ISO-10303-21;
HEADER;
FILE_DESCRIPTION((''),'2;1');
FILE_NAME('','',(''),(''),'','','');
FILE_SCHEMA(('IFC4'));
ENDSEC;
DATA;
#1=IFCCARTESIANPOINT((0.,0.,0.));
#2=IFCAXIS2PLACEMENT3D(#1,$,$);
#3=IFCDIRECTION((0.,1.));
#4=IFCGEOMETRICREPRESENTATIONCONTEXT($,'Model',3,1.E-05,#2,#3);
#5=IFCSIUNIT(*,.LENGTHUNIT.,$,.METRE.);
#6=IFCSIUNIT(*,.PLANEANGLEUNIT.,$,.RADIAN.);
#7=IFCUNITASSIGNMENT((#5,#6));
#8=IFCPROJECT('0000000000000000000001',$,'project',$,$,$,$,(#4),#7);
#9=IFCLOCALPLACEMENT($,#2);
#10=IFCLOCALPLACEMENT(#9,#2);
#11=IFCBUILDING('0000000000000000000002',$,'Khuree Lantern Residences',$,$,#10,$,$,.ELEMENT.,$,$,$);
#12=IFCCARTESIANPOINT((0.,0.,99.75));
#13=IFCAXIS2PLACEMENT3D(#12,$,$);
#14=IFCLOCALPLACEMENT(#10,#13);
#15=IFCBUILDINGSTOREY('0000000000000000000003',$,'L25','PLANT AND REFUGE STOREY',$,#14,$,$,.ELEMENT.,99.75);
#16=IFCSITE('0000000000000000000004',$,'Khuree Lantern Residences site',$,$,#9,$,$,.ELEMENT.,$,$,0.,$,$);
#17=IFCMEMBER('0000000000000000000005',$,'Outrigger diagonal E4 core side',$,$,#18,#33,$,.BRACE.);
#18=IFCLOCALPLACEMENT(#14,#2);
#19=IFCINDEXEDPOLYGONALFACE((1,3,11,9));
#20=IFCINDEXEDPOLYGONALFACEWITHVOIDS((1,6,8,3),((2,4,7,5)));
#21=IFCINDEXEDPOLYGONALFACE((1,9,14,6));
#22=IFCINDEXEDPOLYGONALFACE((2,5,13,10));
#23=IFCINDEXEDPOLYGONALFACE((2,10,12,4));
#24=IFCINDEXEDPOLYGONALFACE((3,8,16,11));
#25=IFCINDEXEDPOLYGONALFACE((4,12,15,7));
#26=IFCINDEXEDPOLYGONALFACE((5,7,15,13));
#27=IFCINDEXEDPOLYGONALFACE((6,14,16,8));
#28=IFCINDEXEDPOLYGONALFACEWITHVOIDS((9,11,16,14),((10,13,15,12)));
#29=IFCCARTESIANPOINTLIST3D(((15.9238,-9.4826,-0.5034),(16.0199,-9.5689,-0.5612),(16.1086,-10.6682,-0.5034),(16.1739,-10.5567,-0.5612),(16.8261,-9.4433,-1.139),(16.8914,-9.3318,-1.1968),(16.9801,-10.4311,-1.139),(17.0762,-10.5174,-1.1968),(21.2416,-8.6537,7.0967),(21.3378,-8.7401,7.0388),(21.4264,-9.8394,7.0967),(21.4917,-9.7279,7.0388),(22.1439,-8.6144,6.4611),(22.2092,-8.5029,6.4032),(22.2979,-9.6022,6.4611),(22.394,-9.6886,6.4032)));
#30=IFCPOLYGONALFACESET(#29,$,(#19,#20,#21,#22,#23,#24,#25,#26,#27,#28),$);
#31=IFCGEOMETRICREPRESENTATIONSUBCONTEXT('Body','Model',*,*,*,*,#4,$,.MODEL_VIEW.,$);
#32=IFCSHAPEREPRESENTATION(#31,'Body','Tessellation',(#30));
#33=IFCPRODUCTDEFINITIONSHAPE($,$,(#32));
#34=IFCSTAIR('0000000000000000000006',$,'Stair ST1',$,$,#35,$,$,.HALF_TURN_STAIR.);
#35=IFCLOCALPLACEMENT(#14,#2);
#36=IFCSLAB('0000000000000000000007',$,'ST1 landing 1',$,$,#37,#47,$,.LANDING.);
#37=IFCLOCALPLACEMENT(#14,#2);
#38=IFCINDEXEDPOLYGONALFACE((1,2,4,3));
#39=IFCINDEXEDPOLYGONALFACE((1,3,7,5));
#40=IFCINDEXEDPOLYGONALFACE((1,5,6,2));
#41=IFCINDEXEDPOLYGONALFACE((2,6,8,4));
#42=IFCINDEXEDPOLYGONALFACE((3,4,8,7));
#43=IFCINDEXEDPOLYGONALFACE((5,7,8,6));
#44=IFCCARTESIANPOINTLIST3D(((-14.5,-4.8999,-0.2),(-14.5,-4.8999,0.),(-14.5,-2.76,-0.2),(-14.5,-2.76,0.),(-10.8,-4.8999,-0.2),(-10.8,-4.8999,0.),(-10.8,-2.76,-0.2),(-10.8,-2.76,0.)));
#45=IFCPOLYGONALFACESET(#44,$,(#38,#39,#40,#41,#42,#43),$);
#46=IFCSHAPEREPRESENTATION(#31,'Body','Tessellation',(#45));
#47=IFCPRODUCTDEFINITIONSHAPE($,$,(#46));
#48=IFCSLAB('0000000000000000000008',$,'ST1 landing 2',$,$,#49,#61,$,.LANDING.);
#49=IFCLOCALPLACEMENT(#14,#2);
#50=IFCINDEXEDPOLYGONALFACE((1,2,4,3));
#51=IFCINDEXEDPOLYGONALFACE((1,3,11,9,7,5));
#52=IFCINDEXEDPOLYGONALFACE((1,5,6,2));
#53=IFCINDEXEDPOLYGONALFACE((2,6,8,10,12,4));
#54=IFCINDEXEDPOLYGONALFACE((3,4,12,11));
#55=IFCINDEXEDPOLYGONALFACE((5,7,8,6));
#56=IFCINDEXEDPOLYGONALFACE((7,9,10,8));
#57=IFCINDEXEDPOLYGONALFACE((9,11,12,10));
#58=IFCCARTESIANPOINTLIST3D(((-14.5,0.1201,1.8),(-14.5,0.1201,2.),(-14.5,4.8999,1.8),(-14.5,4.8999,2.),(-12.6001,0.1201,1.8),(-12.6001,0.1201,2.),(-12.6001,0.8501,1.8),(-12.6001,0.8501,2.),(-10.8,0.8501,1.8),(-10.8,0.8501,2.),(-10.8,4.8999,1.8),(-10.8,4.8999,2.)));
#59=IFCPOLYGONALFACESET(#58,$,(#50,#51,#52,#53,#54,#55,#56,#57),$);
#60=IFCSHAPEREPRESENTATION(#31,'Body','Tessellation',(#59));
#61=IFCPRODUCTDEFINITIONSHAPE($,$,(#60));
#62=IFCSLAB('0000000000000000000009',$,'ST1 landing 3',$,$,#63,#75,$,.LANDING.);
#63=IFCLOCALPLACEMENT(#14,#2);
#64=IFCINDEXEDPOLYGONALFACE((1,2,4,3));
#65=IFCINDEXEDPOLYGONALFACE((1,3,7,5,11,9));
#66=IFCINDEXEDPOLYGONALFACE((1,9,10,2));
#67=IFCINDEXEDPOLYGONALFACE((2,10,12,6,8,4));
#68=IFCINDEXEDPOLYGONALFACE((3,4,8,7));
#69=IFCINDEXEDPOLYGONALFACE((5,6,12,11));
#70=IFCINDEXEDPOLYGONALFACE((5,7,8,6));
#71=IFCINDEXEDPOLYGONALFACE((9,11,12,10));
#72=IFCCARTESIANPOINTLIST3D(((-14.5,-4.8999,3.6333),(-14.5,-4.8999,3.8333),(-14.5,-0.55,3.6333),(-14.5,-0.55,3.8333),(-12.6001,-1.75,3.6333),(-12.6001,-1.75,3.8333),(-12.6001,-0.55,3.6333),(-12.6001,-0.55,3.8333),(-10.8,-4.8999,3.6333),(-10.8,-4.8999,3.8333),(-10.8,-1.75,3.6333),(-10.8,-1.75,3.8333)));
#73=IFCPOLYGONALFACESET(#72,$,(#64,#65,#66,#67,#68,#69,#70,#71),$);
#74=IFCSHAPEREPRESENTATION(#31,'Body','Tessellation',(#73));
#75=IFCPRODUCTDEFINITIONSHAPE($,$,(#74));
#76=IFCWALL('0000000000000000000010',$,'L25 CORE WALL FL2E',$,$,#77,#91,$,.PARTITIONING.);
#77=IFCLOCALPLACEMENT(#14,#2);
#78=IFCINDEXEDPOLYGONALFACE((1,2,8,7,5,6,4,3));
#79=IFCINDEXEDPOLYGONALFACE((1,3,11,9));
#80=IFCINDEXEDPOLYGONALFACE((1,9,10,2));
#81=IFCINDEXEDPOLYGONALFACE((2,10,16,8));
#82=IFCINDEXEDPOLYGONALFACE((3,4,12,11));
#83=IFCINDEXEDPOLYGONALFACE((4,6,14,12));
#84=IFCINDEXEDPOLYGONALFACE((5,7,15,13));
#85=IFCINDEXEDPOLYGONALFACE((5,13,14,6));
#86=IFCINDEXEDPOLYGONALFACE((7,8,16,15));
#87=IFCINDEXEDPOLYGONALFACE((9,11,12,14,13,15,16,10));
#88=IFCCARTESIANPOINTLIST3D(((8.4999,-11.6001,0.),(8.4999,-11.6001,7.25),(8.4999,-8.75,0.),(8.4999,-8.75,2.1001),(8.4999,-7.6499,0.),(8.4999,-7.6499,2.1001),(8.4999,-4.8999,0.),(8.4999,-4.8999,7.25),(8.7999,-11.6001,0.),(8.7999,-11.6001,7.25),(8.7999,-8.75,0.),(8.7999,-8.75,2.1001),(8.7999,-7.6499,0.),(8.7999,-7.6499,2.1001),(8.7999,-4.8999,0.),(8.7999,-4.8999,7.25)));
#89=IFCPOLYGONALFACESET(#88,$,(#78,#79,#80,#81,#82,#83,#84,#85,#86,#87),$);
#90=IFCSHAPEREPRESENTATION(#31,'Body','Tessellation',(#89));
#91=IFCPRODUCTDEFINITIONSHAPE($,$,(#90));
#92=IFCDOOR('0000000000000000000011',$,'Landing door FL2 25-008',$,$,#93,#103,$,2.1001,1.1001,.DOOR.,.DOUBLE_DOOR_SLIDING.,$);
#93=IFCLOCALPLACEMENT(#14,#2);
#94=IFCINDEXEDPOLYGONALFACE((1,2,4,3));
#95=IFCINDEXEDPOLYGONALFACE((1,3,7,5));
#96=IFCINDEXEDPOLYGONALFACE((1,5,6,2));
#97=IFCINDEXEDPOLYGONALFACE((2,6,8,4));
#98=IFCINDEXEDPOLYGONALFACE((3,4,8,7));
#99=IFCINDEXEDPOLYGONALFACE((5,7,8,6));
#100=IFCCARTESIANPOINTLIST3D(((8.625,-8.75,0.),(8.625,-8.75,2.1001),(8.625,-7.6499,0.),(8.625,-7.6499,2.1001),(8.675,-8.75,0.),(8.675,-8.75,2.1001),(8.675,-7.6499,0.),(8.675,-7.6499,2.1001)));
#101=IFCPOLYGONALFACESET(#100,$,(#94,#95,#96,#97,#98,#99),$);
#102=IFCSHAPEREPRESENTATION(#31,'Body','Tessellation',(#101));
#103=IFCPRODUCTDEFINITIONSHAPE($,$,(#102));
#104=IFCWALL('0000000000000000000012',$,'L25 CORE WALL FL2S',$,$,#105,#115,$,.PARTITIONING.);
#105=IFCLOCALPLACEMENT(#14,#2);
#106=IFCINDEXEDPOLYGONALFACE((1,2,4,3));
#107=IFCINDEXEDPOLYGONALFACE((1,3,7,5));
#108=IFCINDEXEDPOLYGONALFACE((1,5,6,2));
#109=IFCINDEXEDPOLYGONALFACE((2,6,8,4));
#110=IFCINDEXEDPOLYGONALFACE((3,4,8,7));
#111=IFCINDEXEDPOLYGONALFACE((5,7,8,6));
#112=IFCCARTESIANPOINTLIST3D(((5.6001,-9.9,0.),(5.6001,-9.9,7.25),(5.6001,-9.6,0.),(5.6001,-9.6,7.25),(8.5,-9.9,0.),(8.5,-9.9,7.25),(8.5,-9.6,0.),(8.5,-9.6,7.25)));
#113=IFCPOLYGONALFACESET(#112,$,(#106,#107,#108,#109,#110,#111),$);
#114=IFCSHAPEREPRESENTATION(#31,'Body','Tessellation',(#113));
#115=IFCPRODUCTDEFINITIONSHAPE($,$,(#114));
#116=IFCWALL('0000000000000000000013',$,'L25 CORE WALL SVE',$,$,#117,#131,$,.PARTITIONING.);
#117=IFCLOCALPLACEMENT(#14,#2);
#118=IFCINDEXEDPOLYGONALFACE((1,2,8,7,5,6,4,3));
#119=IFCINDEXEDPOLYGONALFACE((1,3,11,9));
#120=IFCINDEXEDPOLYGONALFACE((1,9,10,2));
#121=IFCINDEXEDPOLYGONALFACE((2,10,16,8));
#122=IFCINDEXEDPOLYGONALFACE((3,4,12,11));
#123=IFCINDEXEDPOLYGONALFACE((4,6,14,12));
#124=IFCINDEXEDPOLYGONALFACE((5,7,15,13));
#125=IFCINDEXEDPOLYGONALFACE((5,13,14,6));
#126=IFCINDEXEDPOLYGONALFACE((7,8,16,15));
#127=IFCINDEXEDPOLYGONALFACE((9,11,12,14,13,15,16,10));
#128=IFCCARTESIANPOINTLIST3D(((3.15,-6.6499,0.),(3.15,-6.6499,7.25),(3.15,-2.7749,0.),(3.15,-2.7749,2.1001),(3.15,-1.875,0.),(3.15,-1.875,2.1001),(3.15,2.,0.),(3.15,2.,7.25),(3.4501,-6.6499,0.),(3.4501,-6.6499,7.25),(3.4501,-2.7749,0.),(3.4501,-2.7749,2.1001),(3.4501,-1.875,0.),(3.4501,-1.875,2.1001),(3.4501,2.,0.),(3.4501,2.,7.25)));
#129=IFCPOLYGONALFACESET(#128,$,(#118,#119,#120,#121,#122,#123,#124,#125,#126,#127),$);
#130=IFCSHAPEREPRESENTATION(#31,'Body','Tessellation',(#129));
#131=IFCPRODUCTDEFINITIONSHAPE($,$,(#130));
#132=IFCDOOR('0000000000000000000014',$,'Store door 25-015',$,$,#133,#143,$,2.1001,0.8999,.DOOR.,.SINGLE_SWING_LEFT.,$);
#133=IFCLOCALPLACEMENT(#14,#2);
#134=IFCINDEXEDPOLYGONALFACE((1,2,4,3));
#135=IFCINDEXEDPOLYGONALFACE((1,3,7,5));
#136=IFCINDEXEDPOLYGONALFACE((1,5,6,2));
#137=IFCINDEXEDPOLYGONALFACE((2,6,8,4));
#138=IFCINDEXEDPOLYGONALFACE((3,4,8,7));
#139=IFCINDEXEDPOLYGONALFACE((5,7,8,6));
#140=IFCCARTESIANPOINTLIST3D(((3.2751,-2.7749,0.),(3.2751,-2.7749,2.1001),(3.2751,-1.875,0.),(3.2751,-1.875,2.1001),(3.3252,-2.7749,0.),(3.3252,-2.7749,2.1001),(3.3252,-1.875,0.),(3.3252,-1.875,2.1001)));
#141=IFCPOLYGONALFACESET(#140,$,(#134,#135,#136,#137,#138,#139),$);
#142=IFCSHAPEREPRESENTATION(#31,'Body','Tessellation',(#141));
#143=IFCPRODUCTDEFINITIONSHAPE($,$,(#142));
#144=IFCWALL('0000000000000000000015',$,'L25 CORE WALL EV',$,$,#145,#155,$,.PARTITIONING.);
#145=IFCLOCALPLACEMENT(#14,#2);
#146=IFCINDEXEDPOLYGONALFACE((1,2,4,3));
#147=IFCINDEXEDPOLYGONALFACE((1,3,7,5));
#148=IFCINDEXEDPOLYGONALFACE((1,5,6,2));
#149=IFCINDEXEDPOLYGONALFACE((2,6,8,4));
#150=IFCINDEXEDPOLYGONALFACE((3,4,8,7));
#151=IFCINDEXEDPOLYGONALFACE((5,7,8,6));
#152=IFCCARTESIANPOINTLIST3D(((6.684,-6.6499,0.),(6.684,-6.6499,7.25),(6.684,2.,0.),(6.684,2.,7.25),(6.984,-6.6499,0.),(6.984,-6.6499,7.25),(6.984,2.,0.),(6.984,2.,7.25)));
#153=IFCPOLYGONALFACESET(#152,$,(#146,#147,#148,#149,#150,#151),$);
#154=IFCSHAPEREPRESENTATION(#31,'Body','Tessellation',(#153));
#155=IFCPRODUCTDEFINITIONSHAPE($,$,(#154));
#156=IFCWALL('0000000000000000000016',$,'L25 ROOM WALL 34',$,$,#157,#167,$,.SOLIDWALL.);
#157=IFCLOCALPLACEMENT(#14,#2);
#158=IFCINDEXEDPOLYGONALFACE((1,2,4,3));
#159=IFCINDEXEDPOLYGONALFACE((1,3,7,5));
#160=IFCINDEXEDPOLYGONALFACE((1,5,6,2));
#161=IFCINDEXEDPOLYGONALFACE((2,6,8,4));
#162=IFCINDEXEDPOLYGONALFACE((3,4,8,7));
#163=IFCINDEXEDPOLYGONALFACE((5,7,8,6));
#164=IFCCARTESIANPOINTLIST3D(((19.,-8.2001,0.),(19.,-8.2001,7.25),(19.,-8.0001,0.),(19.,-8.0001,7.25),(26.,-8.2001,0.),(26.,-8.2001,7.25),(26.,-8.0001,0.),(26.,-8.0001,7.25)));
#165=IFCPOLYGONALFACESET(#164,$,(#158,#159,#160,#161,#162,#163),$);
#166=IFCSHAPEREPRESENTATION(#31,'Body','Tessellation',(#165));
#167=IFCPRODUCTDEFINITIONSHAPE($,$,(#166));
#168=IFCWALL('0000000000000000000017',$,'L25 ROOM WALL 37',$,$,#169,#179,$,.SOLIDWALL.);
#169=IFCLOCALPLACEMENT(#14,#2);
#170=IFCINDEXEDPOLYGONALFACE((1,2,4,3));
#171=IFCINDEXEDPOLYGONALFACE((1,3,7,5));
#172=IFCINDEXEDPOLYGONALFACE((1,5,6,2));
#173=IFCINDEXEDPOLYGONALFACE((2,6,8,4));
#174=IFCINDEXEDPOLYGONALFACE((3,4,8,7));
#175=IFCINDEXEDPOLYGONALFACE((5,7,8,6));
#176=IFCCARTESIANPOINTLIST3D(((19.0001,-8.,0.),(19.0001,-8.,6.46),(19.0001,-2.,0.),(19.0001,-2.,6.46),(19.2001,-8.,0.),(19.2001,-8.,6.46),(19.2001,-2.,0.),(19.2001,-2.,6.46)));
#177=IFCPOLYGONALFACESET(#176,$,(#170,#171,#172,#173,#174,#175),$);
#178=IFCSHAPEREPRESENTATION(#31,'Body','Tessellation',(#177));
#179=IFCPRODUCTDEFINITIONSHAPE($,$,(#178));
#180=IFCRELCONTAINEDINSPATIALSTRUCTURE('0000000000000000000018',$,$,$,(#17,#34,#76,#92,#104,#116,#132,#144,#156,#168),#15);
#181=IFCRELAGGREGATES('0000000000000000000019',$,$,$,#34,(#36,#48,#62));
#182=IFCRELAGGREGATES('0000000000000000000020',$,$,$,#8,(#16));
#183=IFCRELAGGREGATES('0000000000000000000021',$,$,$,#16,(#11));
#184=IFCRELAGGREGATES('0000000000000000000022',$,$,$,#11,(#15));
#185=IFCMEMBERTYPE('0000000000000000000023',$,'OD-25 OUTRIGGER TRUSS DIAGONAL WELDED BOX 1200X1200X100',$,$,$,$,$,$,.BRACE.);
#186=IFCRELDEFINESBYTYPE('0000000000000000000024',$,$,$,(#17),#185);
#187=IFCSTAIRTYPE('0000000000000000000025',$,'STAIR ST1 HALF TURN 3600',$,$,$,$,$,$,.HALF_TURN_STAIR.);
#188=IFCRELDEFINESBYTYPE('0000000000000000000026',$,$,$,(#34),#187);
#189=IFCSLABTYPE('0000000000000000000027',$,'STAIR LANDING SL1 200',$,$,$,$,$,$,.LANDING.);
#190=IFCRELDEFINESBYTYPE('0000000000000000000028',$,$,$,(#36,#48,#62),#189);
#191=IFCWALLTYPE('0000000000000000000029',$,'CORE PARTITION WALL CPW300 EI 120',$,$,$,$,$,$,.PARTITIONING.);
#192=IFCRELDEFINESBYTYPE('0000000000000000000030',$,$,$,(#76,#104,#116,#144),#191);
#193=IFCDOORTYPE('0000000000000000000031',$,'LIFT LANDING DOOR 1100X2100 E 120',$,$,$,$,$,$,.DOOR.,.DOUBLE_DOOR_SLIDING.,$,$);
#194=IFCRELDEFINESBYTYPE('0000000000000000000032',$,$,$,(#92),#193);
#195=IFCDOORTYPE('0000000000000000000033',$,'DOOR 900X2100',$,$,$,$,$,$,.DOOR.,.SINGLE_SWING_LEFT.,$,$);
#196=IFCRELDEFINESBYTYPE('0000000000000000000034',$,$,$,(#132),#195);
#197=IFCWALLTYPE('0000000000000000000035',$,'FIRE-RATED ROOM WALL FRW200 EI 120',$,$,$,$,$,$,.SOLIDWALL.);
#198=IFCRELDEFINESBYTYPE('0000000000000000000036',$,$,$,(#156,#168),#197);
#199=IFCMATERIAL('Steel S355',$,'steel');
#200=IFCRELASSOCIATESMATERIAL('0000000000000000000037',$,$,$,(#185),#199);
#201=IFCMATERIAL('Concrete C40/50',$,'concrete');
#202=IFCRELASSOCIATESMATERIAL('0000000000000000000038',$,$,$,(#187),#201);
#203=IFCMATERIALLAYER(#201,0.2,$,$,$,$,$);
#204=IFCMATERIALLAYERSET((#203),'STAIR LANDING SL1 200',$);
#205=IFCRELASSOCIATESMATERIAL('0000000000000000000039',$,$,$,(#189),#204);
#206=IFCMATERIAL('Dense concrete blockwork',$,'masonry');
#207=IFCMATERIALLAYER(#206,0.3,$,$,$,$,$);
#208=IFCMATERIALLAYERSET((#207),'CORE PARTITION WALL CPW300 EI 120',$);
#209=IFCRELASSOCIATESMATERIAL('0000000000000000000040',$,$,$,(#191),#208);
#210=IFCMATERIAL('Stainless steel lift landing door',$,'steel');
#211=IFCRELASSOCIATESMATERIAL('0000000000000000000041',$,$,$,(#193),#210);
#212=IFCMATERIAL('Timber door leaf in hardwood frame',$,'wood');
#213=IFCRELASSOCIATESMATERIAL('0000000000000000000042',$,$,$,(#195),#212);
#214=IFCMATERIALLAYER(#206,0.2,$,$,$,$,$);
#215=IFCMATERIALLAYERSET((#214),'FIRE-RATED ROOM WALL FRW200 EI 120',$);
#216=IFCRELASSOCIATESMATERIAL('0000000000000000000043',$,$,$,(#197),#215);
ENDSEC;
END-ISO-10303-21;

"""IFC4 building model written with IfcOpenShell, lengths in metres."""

from ifc_helpers import new_model, si_unit, direction, frame, frame_2d, origin, origin_2d, place, context, subcontext, project, spatial, polyline, rectangle, hollow_rectangle, outline, extrude, material, layer, layer_set, material_profile, profile_set, type_object, element, fill, aggregate, save


model = new_model("IFC4")

# Units and contexts
model_context = context("Model", 3, precision=1e-05, world=origin(), true_north=direction((0.0, 1.0)))
body_context = subcontext(model_context, "Body", "Model", "MODEL_VIEW")
ifc_project = project(units=[si_unit("LENGTHUNIT", "METRE"), si_unit("PLANEANGLEUNIT", "RADIAN")], contexts=[model_context])

# Site, building, storey
site_placement = place(None, origin())
site = spatial("IfcSite", under=ifc_project, at=site_placement, Name="Khuree Lantern Residences site", CompositionType="ELEMENT", RefElevation=0.0)
building_placement = place(site_placement, origin())
building = spatial("IfcBuilding", under=site, at=building_placement, Name="Khuree Lantern Residences", CompositionType="ELEMENT")
storey_placement = place(building_placement, frame((0.0, 0.0, 99.75)))
storey = spatial("IfcBuildingStorey", under=building, at=storey_placement, Name="L25", Description="PLANT AND REFUGE STOREY", CompositionType="ELEMENT", Elevation=99.75)

# Member
ifc_material_1 = material(Name="Steel S355", Category="steel")
ifc_material_profile = material_profile(ifc_material_1, hollow_rectangle(XDim=1.2, YDim=1.2, WallThickness=0.1001, at=origin_2d()), Name="WELDED BOX 1200X1200X100")
ifc_profile_set = profile_set([ifc_material_profile], Name="Steel S355")
member_type = type_object("IfcMemberType", Name="OD-25 OUTRIGGER TRUSS DIAGONAL WELDED BOX 1200X1200X100", PredefinedType="BRACE", material=ifc_profile_set)
member_placement = place(storey_placement, frame((16.5, -10.0, -0.8501), z_axis=(0.571028, 0.089002, 0.816092), x_axis=(-0.154003, 0.98807, 0.0)))
element("IfcMember", 1, at=member_placement, inside=storey, type_object=member_type, Name="Outrigger diagonal E4 core side", PredefinedType="BRACE", context=body_context, shape_type="SweptSolid", body=[
    extrude(hollow_rectangle(XDim=1.2, YDim=1.2, WallThickness=0.1001, at=origin_2d()), origin(), (0.0, 0.0, 1.0), 9.3127),
])

# Stair, slabs
ifc_material_2 = material(Name="Concrete C40/50", Category="concrete")
stair_type = type_object("IfcStairType", Name="STAIR ST1 HALF TURN 3600", PredefinedType="HALF_TURN_STAIR", material=ifc_material_2)
stair_1_placement = place(storey_placement, origin())
stair_1 = element("IfcStair", 2, at=stair_1_placement, inside=storey, type_object=stair_type, Name="Stair ST1", PredefinedType="HALF_TURN_STAIR")
ifc_layer_1 = layer(ifc_material_2, 0.2)
ifc_layer_set_1 = layer_set([ifc_layer_1], Name="STAIR LANDING SL1 200")
slab_type = type_object("IfcSlabType", Name="STAIR LANDING SL1 200", PredefinedType="LANDING", material=ifc_layer_set_1)
slab_1_placement = place(storey_placement, frame((0.0, 0.0, -0.2)))
slab_1 = element("IfcSlab", 3, at=slab_1_placement, type_object=slab_type, Name="ST1 landing 1", PredefinedType="LANDING", context=body_context, shape_type="SweptSolid", body=[
    extrude(outline(polyline([(-14.5, -4.8999), (-10.8, -4.8999), (-10.8, -2.76), (-14.5, -2.76), (-14.5, -4.8999)])), origin(), (0.0, 0.0, 1.0), 0.2),
])
slab_2_placement = place(storey_placement, frame((0.0, 0.0, 1.8)))
slab_2 = element("IfcSlab", 4, at=slab_2_placement, type_object=slab_type, Name="ST1 landing 2", PredefinedType="LANDING", context=body_context, shape_type="SweptSolid", body=[
    extrude(outline(polyline([(-12.6001, 0.1201), (-14.5, 0.1201), (-14.5, 4.8999), (-10.8, 4.8999), (-10.8, 0.8501), (-12.6001, 0.8501), (-12.6001, 0.1201)])), origin(), (0.0, 0.0, 1.0), 0.2),
])
slab_3_placement = place(storey_placement, frame((0.0, 0.0, 3.6333)))
slab_3 = element("IfcSlab", 5, at=slab_3_placement, type_object=slab_type, Name="ST1 landing 3", PredefinedType="LANDING", context=body_context, shape_type="SweptSolid", body=[
    extrude(outline(polyline([(-10.8, -1.75), (-10.8, -4.8999), (-14.5, -4.8999), (-14.5, -0.55), (-12.6001, -0.55), (-12.6001, -1.75), (-10.8, -1.75)])), origin(), (0.0, 0.0, 1.0), 0.2),
])
aggregate(stair_1, [slab_1, slab_2, slab_3])

# Wall, opening, door
ifc_material_3 = material(Name="Dense concrete blockwork", Category="masonry")
ifc_layer_2 = layer(ifc_material_3, 0.3)
ifc_layer_set_2 = layer_set([ifc_layer_2], Name="CORE PARTITION WALL CPW300 EI 120")
wall_type_1 = type_object("IfcWallType", Name="CORE PARTITION WALL CPW300 EI 120", PredefinedType="PARTITIONING", material=ifc_layer_set_2)
wall_1_placement = place(storey_placement, frame((8.6499, -11.6001, 0.0), z_axis=(0.0, 0.0, 1.0), x_axis=(0.0, 1.0, 0.0)))
wall_1 = element("IfcWall", 6, at=wall_1_placement, inside=storey, type_object=wall_type_1, Name="L25 CORE WALL FL2E", PredefinedType="PARTITIONING", context=body_context, shape_type="SweptSolid", body=[
    extrude(rectangle(XDim=6.7002, YDim=0.3, at=frame_2d((3.3501, 0.0))), origin(), (0.0, 0.0, 1.0), 7.25),
])
opening_1_placement = place(wall_1_placement, frame((2.8501, 0.0, 0.0)))
opening_1 = element("IfcOpeningElement", 7, at=opening_1_placement, cuts=wall_1, PredefinedType="OPENING", context=body_context, shape_type="SweptSolid", body=[
    extrude(rectangle(XDim=1.1001, YDim=2.1001, at=frame_2d((0.55, 1.05))), frame((0.0, 0.1602, 0.0), z_axis=(0.0, -1.0, 0.0), x_axis=(1.0, 0.0, 0.0)), (0.0, 0.0, 1.0), 0.3201),
])
ifc_material_4 = material(Name="Stainless steel lift landing door", Category="steel")
door_type_1 = type_object("IfcDoorType", Name="LIFT LANDING DOOR 1100X2100 E 120", OperationType="DOUBLE_DOOR_SLIDING", PredefinedType="DOOR", material=ifc_material_4)
door_1_placement = place(opening_1_placement, origin())
door_1 = element("IfcDoor", 8, at=door_1_placement, inside=storey, type_object=door_type_1, Name="Landing door FL2 25-008", OperationType="DOUBLE_DOOR_SLIDING", OverallHeight=2.1001, OverallWidth=1.1001, PredefinedType="DOOR", context=body_context, shape_type="SweptSolid", body=[
    extrude(rectangle(XDim=1.1001, YDim=2.1001, at=frame_2d((0.55, 1.05))), frame((0.0, 0.0249, 0.0), z_axis=(0.0, -1.0, 0.0), x_axis=(1.0, 0.0, 0.0)), (0.0, 0.0, 1.0), 0.05),
])
fill(opening_1, door_1)

# Wall
wall_2_placement = place(storey_placement, frame((5.6001, -9.75, 0.0), z_axis=(0.0, 0.0, 1.0), x_axis=(1.0, 0.0, 0.0)))
element("IfcWall", 9, at=wall_2_placement, inside=storey, type_object=wall_type_1, Name="L25 CORE WALL FL2S", PredefinedType="PARTITIONING", context=body_context, shape_type="SweptSolid", body=[
    extrude(rectangle(XDim=2.8999, YDim=0.3, at=frame_2d((1.45, 0.0))), origin(), (0.0, 0.0, 1.0), 7.25),
])

# Wall, opening, door
wall_3_placement = place(storey_placement, frame((3.3, -6.6499, 0.0), z_axis=(0.0, 0.0, 1.0), x_axis=(0.0, 1.0, 0.0)))
wall_3 = element("IfcWall", 10, at=wall_3_placement, inside=storey, type_object=wall_type_1, Name="L25 CORE WALL SVE", PredefinedType="PARTITIONING", context=body_context, shape_type="SweptSolid", body=[
    extrude(rectangle(XDim=8.6499, YDim=0.3, at=frame_2d((4.325, 0.0))), origin(), (0.0, 0.0, 1.0), 7.25),
])
opening_2_placement = place(wall_3_placement, frame((3.875, 0.0, 0.0)))
opening_2 = element("IfcOpeningElement", 11, at=opening_2_placement, cuts=wall_3, PredefinedType="OPENING", context=body_context, shape_type="SweptSolid", body=[
    extrude(rectangle(XDim=0.8999, YDim=2.1001, at=frame_2d((0.45, 1.05))), frame((0.0, 0.1602, 0.0), z_axis=(0.0, -1.0, 0.0), x_axis=(1.0, 0.0, 0.0)), (0.0, 0.0, 1.0), 0.3201),
])
ifc_material_5 = material(Name="Timber door leaf in hardwood frame", Category="wood")
door_type_2 = type_object("IfcDoorType", Name="DOOR 900X2100", OperationType="SINGLE_SWING_LEFT", PredefinedType="DOOR", material=ifc_material_5)
door_2_placement = place(opening_2_placement, origin())
door_2 = element("IfcDoor", 12, at=door_2_placement, inside=storey, type_object=door_type_2, Name="Store door 25-015", OperationType="SINGLE_SWING_LEFT", OverallHeight=2.1001, OverallWidth=0.8999, PredefinedType="DOOR", context=body_context, shape_type="SweptSolid", body=[
    extrude(rectangle(XDim=0.8999, YDim=2.1001, at=frame_2d((0.45, 1.05))), frame((0.0, 0.0249, 0.0), z_axis=(0.0, -1.0, 0.0), x_axis=(1.0, 0.0, 0.0)), (0.0, 0.0, 1.0), 0.05),
])
fill(opening_2, door_2)

# Walls
wall_4_placement = place(storey_placement, frame((6.834, -6.6499, 0.0), z_axis=(0.0, 0.0, 1.0), x_axis=(0.0, 1.0, 0.0)))
element("IfcWall", 13, at=wall_4_placement, inside=storey, type_object=wall_type_1, Name="L25 CORE WALL EV", PredefinedType="PARTITIONING", context=body_context, shape_type="SweptSolid", body=[
    extrude(rectangle(XDim=8.6499, YDim=0.3, at=frame_2d((4.325, 0.0))), origin(), (0.0, 0.0, 1.0), 7.25),
])
ifc_layer_3 = layer(ifc_material_3, 0.2)
ifc_layer_set_3 = layer_set([ifc_layer_3], Name="FIRE-RATED ROOM WALL FRW200 EI 120")
wall_type_2 = type_object("IfcWallType", Name="FIRE-RATED ROOM WALL FRW200 EI 120", PredefinedType="SOLIDWALL", material=ifc_layer_set_3)
wall_5_placement = place(storey_placement, frame((19.0, -8.1001, 0.0), z_axis=(0.0, 0.0, 1.0), x_axis=(1.0, 0.0, 0.0)))
element("IfcWall", 14, at=wall_5_placement, inside=storey, type_object=wall_type_2, Name="L25 ROOM WALL 34", PredefinedType="SOLIDWALL", context=body_context, shape_type="SweptSolid", body=[
    extrude(rectangle(XDim=7.0, YDim=0.2, at=frame_2d((3.5, 0.0))), origin(), (0.0, 0.0, 1.0), 7.25),
])
wall_6_placement = place(storey_placement, frame((19.1001, -8.0, 0.0), z_axis=(0.0, 0.0, 1.0), x_axis=(0.0, 1.0, 0.0)))
element("IfcWall", 15, at=wall_6_placement, inside=storey, type_object=wall_type_2, Name="L25 ROOM WALL 37", PredefinedType="SOLIDWALL", context=body_context, shape_type="SweptSolid", body=[
    extrude(rectangle(XDim=6.0, YDim=0.2, at=frame_2d((3.0, 0.0))), origin(), (0.0, 0.0, 1.0), 6.46),
])

save(model, "model.ifc")
